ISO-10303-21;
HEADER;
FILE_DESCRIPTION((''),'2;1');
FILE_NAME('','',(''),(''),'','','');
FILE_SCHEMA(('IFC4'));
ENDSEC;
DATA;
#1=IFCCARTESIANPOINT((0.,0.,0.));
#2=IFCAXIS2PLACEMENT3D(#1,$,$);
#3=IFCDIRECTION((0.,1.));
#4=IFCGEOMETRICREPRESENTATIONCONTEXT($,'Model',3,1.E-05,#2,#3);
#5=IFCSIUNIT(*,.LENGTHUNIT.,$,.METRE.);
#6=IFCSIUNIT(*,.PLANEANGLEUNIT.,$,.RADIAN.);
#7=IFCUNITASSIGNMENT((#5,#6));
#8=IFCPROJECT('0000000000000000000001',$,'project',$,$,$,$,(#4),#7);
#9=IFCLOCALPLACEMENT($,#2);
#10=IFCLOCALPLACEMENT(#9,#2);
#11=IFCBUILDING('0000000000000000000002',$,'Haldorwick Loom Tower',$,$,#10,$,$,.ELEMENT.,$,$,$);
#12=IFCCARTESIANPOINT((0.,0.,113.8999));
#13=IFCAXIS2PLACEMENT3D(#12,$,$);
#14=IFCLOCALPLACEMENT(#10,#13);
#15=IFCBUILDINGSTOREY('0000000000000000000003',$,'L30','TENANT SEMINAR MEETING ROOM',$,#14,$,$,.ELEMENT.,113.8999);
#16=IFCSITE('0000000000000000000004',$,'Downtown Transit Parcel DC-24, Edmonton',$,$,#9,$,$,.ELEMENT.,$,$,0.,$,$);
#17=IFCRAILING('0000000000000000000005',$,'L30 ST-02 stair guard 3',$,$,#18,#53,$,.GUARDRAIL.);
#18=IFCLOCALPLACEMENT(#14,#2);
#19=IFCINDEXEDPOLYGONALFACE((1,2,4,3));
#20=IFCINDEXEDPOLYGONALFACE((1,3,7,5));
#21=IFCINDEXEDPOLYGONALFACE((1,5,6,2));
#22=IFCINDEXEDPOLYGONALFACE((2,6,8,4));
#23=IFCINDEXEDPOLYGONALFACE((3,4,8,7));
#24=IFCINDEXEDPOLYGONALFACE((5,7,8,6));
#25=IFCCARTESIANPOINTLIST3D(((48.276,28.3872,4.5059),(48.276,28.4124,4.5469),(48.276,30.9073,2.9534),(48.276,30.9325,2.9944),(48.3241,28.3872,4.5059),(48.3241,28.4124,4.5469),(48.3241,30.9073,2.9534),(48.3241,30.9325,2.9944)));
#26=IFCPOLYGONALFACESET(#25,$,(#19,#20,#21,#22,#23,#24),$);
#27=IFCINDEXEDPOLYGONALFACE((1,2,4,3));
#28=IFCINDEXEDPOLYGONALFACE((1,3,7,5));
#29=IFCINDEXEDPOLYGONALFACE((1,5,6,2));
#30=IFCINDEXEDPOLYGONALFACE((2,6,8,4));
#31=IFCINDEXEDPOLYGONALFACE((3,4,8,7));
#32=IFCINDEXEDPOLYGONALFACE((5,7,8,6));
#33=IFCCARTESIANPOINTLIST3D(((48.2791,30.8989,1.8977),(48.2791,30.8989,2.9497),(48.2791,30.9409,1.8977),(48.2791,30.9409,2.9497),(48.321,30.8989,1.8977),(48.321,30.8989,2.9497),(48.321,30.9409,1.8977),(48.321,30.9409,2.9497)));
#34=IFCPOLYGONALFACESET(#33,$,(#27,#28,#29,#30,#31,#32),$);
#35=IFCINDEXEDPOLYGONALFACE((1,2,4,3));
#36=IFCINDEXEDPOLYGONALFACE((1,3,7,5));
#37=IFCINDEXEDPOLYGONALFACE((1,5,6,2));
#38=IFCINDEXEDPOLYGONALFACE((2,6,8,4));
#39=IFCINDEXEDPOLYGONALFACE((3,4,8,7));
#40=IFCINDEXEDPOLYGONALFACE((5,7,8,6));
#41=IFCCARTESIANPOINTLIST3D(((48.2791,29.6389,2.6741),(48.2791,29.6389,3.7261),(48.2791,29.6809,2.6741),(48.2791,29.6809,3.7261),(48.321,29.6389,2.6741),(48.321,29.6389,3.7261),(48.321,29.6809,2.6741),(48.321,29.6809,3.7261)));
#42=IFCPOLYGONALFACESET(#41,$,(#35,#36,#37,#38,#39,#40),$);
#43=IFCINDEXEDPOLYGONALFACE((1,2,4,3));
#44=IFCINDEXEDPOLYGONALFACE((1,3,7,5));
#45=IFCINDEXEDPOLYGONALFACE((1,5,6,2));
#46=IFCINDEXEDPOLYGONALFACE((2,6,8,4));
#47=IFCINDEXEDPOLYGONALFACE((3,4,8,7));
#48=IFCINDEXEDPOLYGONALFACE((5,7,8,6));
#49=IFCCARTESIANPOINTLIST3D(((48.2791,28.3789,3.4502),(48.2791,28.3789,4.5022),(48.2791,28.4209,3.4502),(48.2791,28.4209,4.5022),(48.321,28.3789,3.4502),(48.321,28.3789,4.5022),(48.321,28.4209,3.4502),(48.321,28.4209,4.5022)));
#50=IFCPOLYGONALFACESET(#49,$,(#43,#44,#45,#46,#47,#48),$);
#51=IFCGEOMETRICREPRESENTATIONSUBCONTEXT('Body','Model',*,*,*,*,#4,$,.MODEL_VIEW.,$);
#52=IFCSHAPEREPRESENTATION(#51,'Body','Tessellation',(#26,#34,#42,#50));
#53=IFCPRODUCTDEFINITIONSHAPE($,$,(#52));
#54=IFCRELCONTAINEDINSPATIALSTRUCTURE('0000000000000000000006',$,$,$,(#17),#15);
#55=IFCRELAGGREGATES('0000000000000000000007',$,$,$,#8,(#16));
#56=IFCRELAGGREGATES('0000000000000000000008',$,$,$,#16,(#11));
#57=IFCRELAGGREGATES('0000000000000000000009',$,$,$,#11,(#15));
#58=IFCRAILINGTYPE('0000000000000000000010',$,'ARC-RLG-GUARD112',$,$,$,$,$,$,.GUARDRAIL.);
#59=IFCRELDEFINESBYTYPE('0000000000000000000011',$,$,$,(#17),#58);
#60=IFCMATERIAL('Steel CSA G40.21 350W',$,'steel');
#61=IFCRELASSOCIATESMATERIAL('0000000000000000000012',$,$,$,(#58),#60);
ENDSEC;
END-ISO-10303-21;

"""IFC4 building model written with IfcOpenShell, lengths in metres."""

from ifc_helpers import new_model, si_unit, direction, frame, origin, origin_2d, place, context, subcontext, project, spatial, rectangle, extrude, material, type_object, element, save


model = new_model("IFC4")

# Units and contexts
model_context = context("Model", 3, precision=1e-05, world=origin(), true_north=direction((0.0, 1.0)))
body_context = subcontext(model_context, "Body", "Model", "MODEL_VIEW")
ifc_project = project(units=[si_unit("LENGTHUNIT", "METRE"), si_unit("PLANEANGLEUNIT", "RADIAN")], contexts=[model_context])

# Site, building, storey
site_placement = place(None, origin())
site = spatial("IfcSite", under=ifc_project, at=site_placement, Name="Downtown Transit Parcel DC-24, Edmonton", CompositionType="ELEMENT", RefElevation=0.0)
building_placement = place(site_placement, origin())
building = spatial("IfcBuilding", under=site, at=building_placement, Name="Haldorwick Loom Tower", CompositionType="ELEMENT")
storey_placement = place(building_placement, frame((0.0, 0.0, 113.8999)))
storey = spatial("IfcBuildingStorey", under=building, at=storey_placement, Name="L30", Description="TENANT SEMINAR MEETING ROOM", CompositionType="ELEMENT", Elevation=113.8999)

# Shared definitions
ifc_material_1 = material(Name="Steel CSA G40.21 350W", Category="steel")

# Railing
railing_type_1 = type_object("IfcRailingType", Name="ARC-RLG-GUARD112", PredefinedType="GUARDRAIL", material=ifc_material_1)
railing_1_placement = place(storey_placement, frame((48.3, 30.9199, 1.8977)))
element("IfcRailing", 1, at=railing_1_placement, inside=storey, type_object=railing_type_1, Name="L30 ST-02 stair guard 3", PredefinedType="GUARDRAIL", context=body_context, shape_type="SweptSolid", body=[
    extrude(rectangle(XDim=0.0481, YDim=0.0481, at=origin_2d()), frame((0.0, 0.0, 1.0762), z_axis=(0.0, -0.8514, 0.524516), x_axis=(1.0, 0.0, 0.0)), (0.0, 0.0, 1.0), 2.96),
    extrude(rectangle(XDim=0.042, YDim=0.042, at=origin_2d()), origin(), (0.0, 0.0, 1.0), 1.052),
    extrude(rectangle(XDim=0.042, YDim=0.042, at=origin_2d()), frame((0.0, -1.26, 0.7764)), (0.0, 0.0, 1.0), 1.052),
    extrude(rectangle(XDim=0.042, YDim=0.042, at=origin_2d()), frame((0.0, -2.52, 1.5525)), (0.0, 0.0, 1.0), 1.052),
])

save(model, "model.ifc")
